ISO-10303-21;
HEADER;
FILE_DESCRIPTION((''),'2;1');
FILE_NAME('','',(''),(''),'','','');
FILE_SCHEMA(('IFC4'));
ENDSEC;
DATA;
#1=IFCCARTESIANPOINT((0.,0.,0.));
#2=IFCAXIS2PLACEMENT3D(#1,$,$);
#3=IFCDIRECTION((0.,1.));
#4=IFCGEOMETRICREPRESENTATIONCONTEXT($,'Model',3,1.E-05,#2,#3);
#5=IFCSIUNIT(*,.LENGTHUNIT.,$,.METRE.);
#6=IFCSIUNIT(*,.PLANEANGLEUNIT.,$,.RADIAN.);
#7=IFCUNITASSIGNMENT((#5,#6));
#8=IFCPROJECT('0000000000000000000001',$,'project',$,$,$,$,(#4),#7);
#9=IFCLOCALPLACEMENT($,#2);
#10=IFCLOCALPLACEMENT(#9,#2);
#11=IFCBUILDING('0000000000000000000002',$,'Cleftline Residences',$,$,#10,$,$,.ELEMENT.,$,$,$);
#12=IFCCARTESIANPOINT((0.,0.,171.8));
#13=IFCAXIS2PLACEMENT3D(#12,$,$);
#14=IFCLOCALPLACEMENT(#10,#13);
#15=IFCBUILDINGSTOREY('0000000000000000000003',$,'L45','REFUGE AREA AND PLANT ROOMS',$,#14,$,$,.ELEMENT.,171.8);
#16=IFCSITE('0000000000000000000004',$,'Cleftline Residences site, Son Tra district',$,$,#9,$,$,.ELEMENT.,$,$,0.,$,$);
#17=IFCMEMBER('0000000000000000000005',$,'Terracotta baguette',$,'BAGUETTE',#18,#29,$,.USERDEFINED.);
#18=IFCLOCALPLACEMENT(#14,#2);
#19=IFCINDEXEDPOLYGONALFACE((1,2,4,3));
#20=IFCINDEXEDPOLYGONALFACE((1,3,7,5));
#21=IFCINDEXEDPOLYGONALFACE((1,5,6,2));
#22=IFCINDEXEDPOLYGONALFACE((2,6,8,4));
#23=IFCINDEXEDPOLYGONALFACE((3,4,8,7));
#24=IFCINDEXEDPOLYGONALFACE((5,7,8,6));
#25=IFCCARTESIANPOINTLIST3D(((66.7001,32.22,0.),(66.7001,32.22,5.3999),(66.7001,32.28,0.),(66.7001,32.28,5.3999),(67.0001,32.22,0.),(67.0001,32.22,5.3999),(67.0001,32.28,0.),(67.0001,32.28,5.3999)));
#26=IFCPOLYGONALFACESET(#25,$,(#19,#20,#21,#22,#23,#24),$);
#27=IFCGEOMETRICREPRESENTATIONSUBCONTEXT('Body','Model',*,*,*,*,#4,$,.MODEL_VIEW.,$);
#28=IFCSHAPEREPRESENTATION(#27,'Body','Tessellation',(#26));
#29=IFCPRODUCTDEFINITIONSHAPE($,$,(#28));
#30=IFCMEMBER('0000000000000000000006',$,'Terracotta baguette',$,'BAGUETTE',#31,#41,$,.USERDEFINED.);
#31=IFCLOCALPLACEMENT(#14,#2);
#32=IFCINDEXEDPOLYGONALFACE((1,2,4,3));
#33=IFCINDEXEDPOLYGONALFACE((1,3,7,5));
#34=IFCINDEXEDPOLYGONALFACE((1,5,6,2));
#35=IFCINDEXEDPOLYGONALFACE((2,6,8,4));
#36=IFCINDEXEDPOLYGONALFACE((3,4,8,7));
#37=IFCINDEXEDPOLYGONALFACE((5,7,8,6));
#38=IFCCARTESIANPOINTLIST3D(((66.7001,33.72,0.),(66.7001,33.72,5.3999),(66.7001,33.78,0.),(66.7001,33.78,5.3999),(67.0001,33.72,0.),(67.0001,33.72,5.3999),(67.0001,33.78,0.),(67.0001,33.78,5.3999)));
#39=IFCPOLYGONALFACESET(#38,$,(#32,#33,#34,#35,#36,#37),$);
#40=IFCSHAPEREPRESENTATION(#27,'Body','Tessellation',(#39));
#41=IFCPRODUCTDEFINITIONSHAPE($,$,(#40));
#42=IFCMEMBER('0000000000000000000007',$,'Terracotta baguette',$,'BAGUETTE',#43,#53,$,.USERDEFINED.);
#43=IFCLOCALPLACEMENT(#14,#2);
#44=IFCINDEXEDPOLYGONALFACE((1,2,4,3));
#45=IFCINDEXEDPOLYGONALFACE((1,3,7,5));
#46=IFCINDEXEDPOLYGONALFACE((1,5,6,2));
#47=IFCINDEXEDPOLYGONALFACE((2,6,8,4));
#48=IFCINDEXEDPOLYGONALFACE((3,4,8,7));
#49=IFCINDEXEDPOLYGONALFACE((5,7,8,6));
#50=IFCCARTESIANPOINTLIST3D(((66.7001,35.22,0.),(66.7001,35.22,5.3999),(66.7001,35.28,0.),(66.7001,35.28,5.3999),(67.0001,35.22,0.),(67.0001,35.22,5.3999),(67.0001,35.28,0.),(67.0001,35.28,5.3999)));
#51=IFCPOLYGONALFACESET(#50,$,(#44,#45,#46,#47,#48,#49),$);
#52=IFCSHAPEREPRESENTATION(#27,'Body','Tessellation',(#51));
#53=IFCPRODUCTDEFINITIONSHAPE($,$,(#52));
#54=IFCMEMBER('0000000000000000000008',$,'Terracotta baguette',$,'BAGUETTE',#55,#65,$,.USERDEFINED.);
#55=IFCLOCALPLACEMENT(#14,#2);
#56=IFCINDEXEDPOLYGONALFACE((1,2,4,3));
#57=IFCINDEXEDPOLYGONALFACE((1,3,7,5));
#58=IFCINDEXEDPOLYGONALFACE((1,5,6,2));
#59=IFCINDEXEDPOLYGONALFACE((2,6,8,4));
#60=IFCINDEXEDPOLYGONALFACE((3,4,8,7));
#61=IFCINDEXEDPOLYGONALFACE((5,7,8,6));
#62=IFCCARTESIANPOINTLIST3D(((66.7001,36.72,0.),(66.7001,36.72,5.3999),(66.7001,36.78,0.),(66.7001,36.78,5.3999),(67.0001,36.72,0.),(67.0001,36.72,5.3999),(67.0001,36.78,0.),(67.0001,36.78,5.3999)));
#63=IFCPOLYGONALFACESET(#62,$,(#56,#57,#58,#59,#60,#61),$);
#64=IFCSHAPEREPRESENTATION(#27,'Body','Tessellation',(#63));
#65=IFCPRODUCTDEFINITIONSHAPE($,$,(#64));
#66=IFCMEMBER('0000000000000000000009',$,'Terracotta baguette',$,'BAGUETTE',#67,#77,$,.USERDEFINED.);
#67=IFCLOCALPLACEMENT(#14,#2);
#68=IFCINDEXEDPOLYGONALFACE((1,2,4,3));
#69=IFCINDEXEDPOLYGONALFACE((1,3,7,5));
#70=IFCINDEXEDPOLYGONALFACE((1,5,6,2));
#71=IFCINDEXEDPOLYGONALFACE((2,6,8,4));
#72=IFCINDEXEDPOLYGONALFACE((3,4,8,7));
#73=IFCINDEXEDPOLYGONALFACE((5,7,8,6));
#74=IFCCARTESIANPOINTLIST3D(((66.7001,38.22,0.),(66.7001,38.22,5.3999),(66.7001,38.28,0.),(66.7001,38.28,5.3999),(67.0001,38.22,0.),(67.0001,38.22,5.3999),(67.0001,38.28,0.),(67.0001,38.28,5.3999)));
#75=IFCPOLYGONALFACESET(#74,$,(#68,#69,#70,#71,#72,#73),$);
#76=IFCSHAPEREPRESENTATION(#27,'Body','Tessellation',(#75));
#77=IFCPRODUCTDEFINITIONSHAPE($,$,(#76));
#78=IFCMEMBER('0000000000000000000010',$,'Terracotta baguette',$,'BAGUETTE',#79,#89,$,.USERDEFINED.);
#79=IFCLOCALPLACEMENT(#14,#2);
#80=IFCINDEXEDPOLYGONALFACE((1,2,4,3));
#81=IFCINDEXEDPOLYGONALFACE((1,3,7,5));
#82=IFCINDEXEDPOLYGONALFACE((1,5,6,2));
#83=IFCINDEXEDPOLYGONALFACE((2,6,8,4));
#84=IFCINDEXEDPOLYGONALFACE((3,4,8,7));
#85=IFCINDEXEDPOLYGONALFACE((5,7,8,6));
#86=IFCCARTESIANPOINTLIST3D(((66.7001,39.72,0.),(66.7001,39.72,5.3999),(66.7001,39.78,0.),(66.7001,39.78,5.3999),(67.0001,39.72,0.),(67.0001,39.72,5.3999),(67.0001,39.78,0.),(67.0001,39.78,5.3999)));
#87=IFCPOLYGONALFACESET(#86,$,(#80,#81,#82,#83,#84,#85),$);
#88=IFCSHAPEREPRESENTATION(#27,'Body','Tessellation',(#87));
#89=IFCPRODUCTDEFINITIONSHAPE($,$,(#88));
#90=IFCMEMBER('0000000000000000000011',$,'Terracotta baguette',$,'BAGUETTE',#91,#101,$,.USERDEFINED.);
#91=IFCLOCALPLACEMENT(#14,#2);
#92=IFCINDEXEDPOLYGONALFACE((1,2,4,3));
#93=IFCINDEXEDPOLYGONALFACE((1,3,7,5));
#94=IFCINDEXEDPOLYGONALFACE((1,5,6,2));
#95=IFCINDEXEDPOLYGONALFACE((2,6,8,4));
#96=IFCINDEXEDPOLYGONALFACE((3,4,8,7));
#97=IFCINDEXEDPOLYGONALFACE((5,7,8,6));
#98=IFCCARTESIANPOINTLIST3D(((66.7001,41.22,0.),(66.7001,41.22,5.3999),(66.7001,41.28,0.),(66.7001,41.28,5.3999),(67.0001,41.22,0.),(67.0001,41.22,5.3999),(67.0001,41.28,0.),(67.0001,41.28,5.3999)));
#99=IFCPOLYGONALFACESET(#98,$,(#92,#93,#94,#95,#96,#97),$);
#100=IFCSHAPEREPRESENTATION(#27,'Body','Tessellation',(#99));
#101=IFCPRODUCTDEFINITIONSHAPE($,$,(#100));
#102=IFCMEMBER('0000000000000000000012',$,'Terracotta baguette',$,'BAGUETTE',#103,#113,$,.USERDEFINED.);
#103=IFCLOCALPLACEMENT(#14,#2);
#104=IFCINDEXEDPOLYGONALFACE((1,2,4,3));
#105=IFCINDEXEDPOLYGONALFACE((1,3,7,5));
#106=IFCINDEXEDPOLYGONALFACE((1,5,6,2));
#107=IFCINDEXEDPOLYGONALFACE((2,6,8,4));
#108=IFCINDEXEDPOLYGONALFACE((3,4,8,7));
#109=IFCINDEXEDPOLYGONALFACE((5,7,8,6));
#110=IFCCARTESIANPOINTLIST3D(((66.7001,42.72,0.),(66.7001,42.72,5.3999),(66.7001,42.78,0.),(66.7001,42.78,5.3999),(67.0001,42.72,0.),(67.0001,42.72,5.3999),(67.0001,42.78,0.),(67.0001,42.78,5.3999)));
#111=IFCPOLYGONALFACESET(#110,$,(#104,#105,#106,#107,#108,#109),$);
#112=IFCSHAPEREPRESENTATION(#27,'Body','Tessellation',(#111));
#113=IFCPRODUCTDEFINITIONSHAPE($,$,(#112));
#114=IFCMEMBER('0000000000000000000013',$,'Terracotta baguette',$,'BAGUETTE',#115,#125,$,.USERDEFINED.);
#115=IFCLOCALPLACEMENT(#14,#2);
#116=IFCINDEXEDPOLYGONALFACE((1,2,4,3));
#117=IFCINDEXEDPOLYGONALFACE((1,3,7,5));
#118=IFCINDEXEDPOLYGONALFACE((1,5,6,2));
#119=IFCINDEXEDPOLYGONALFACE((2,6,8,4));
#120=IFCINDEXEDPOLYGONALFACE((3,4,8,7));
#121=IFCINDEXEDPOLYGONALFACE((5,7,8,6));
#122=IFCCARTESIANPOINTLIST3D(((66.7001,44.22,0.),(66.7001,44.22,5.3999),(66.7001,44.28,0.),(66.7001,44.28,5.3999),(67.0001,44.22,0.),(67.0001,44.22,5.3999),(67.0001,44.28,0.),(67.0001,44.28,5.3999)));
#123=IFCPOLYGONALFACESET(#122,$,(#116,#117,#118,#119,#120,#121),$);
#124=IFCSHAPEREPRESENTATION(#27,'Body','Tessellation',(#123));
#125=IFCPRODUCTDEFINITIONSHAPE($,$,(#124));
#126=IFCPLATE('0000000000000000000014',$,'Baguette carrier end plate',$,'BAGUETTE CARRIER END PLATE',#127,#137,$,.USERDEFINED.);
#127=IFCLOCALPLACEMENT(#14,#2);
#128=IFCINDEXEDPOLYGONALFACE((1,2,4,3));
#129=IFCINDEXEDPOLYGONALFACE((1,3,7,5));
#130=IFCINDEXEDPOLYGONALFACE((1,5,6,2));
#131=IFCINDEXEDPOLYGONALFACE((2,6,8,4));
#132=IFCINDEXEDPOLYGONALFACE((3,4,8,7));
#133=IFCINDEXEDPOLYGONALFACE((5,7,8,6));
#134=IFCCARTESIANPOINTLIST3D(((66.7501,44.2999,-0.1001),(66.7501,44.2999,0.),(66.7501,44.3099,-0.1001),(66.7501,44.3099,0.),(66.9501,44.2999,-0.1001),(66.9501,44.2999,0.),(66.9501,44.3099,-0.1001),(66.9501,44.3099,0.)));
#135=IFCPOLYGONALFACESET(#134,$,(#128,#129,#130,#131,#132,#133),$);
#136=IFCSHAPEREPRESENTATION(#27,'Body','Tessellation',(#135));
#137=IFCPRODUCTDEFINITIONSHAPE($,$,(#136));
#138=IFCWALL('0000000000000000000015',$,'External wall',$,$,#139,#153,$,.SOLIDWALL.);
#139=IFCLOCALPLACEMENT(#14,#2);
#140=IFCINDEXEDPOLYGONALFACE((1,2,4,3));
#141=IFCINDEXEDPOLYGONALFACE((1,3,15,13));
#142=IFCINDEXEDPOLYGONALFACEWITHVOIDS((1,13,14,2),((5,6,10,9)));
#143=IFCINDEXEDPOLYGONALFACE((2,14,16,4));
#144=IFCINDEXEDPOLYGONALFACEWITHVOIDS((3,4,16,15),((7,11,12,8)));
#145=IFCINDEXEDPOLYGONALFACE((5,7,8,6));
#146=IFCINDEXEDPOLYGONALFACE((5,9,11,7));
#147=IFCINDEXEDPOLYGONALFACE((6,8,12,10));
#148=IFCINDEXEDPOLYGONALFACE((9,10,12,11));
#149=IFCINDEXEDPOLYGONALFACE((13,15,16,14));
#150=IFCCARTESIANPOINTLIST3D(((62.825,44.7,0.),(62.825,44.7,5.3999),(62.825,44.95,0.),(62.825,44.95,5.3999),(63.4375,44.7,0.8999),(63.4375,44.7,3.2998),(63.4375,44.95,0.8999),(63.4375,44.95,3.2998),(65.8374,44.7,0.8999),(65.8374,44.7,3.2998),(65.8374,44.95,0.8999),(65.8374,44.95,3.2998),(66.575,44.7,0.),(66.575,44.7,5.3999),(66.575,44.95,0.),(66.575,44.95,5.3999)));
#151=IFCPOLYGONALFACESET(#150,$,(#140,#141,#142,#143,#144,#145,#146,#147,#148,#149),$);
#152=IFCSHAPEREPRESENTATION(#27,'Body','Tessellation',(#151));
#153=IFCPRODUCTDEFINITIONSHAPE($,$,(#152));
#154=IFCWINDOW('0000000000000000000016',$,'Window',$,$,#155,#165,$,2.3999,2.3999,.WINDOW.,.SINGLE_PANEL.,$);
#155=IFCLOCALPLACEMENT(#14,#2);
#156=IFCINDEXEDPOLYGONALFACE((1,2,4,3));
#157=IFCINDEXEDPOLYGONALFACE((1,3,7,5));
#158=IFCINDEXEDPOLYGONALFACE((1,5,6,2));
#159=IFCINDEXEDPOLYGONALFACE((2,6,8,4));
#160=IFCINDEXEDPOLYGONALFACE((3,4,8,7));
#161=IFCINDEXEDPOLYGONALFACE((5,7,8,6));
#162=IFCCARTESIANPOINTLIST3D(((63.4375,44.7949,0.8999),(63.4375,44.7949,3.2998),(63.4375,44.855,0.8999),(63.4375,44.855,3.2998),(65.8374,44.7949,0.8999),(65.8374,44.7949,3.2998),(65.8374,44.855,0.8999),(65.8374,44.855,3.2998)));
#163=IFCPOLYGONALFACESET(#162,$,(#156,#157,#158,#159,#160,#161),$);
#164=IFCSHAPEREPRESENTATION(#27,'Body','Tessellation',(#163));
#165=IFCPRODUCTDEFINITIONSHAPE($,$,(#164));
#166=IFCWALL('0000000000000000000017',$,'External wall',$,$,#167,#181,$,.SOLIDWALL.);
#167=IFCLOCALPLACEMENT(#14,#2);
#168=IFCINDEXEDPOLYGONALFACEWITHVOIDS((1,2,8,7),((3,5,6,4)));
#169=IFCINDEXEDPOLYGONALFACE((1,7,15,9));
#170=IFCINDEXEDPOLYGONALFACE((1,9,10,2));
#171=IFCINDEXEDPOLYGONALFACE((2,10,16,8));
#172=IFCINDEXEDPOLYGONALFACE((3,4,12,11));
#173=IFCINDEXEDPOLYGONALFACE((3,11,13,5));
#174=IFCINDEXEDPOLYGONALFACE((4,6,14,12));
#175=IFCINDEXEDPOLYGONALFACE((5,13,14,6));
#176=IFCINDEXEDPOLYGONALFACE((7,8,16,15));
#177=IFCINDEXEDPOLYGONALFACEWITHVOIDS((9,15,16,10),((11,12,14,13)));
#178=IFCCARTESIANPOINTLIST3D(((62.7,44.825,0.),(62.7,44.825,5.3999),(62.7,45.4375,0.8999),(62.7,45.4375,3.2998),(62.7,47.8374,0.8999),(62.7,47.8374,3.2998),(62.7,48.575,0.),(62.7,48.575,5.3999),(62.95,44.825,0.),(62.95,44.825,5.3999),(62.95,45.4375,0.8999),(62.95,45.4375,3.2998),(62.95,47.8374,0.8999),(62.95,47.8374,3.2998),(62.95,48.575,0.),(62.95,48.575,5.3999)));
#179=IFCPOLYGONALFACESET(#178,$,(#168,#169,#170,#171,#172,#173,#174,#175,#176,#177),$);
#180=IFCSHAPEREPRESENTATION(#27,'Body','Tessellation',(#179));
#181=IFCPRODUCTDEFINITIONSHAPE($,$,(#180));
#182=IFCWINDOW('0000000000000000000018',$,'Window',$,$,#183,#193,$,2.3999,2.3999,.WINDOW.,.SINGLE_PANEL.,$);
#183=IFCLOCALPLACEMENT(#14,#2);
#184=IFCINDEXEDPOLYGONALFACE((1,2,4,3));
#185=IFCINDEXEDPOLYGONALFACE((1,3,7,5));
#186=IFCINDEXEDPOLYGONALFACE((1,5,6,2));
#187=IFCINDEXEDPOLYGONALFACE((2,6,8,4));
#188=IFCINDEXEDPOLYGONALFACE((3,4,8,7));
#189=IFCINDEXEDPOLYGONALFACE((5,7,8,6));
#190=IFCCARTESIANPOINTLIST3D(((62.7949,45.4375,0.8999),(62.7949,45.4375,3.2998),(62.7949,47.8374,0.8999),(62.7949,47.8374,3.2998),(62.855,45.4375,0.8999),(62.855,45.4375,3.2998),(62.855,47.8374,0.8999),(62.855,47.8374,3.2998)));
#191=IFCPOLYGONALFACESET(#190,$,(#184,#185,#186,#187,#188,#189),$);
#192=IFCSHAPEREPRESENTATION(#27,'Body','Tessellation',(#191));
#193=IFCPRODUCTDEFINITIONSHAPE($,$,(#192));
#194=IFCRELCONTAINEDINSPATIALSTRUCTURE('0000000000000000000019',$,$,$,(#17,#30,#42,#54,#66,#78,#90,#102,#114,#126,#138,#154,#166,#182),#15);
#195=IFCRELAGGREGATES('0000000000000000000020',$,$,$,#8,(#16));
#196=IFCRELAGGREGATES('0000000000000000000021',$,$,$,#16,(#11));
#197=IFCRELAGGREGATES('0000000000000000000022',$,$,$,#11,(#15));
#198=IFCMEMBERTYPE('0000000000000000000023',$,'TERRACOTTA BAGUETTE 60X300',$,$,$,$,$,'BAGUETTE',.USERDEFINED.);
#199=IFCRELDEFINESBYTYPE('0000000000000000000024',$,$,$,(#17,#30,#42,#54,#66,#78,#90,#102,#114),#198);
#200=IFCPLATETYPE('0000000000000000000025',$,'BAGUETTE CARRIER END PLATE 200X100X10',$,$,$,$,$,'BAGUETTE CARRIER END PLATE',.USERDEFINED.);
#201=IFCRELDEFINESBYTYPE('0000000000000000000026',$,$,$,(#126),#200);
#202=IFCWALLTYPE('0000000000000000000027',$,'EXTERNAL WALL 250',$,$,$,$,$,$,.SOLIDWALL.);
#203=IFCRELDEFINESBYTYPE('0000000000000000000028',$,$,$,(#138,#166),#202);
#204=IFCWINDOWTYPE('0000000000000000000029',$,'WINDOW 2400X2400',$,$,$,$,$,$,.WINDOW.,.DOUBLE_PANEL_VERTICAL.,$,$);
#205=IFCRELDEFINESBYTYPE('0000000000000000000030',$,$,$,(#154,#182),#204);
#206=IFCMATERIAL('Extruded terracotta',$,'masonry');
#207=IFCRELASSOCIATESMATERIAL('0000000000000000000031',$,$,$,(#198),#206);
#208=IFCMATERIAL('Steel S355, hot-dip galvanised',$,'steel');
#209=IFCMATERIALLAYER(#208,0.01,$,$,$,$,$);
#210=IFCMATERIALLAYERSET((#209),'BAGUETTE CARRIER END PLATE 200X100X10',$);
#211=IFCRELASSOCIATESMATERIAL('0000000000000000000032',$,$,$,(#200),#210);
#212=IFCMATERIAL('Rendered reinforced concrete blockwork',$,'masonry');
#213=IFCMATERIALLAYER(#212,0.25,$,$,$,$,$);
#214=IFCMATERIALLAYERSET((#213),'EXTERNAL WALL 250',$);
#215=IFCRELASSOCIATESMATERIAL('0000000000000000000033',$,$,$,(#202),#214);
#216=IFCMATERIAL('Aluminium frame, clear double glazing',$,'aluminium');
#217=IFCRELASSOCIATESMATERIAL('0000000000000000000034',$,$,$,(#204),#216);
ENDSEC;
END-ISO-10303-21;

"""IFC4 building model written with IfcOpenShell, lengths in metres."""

from ifc_helpers import new_model, si_unit, direction, frame, frame_2d, origin, origin_2d, place, context, subcontext, project, spatial, rectangle, extrude, material, layer, layer_set, material_profile, profile_set, type_object, element, fill, save


model = new_model("IFC4")

# Units and contexts
model_context = context("Model", 3, precision=1e-05, world=origin(), true_north=direction((0.0, 1.0)))
body_context = subcontext(model_context, "Body", "Model", "MODEL_VIEW")
ifc_project = project(units=[si_unit("LENGTHUNIT", "METRE"), si_unit("PLANEANGLEUNIT", "RADIAN")], contexts=[model_context])

# Site, building, storey
site_placement = place(None, origin())
site = spatial("IfcSite", under=ifc_project, at=site_placement, Name="Cleftline Residences site, Son Tra district", CompositionType="ELEMENT", RefElevation=0.0)
building_placement = place(site_placement, origin())
building = spatial("IfcBuilding", under=site, at=building_placement, Name="Cleftline Residences", CompositionType="ELEMENT")
storey_placement = place(building_placement, frame((0.0, 0.0, 171.8)))
storey = spatial("IfcBuildingStorey", under=building, at=storey_placement, Name="L45", Description="REFUGE AREA AND PLANT ROOMS", CompositionType="ELEMENT", Elevation=171.8)

# Members
ifc_material_1 = material(Name="Extruded terracotta", Category="masonry")
ifc_material_profile_1 = material_profile(ifc_material_1, rectangle(XDim=0.0601, YDim=0.3, at=origin_2d()))
ifc_profile_set_1 = profile_set([ifc_material_profile_1], Name="Extruded terracotta")
member_type_1 = type_object("IfcMemberType", Name="TERRACOTTA BAGUETTE 60X300", ElementType="BAGUETTE", PredefinedType="USERDEFINED", material=ifc_profile_set_1)
for number, where, z_axis, x_axis, name in (
    (1, (66.8501, 32.25, 0.0), (0.0, 0.0, 1.0), (0.0, 1.0, 0.0), "Terracotta baguette"),
    (2, (66.8501, 33.75, 0.0), (0.0, 0.0, 1.0), (0.0, 1.0, 0.0), "Terracotta baguette"),
    (3, (66.8501, 35.25, 0.0), (0.0, 0.0, 1.0), (0.0, 1.0, 0.0), "Terracotta baguette"),
    (4, (66.8501, 36.75, 0.0), (0.0, 0.0, 1.0), (0.0, 1.0, 0.0), "Terracotta baguette"),
    (5, (66.8501, 38.25, 0.0), (0.0, 0.0, 1.0), (0.0, 1.0, 0.0), "Terracotta baguette"),
    (6, (66.8501, 39.75, 0.0), (0.0, 0.0, 1.0), (0.0, 1.0, 0.0), "Terracotta baguette"),
    (7, (66.8501, 41.25, 0.0), (0.0, 0.0, 1.0), (0.0, 1.0, 0.0), "Terracotta baguette"),
    (8, (66.8501, 42.75, 0.0), (0.0, 0.0, 1.0), (0.0, 1.0, 0.0), "Terracotta baguette"),
    (9, (66.8501, 44.25, 0.0), (0.0, 0.0, 1.0), (0.0, 1.0, 0.0), "Terracotta baguette"),
):
    element("IfcMember", number, at=place(storey_placement, frame(where, z_axis=z_axis, x_axis=x_axis)), inside=storey, type_object=member_type_1, Name=name, ObjectType="BAGUETTE", PredefinedType="USERDEFINED", context=body_context, shape_type="SweptSolid", body=[
        extrude(rectangle(XDim=0.0601, YDim=0.3, at=origin_2d()), origin(), (0.0, 0.0, 1.0), 5.3999),
    ])

# Plate
ifc_material_2 = material(Name="Steel S355, hot-dip galvanised", Category="steel")
ifc_layer_1 = layer(ifc_material_2, 0.01)
ifc_layer_set_1 = layer_set([ifc_layer_1], Name="BAGUETTE CARRIER END PLATE 200X100X10")
plate_type = type_object("IfcPlateType", Name="BAGUETTE CARRIER END PLATE 200X100X10", ElementType="BAGUETTE CARRIER END PLATE", PredefinedType="USERDEFINED", material=ifc_layer_set_1)
plate_placement = place(storey_placement, frame((66.8501, 44.3049, -0.1001), z_axis=(0.0, 0.0, 1.0), x_axis=(1.0, 0.0, 0.0)))
element("IfcPlate", 10, at=plate_placement, inside=storey, type_object=plate_type, Name="Baguette carrier end plate", ObjectType="BAGUETTE CARRIER END PLATE", PredefinedType="USERDEFINED", context=body_context, shape_type="SweptSolid", body=[
    extrude(rectangle(XDim=0.2, YDim=0.01, at=origin_2d()), origin(), (0.0, 0.0, 1.0), 0.1001),
])

# Walls, openings, windows
ifc_material_3 = material(Name="Rendered reinforced concrete blockwork", Category="masonry")
ifc_layer_2 = layer(ifc_material_3, 0.25)
ifc_layer_set_2 = layer_set([ifc_layer_2], Name="EXTERNAL WALL 250")
wall_type_1 = type_object("IfcWallType", Name="EXTERNAL WALL 250", PredefinedType="SOLIDWALL", material=ifc_layer_set_2)
wall_1_placement = place(storey_placement, frame((66.575, 44.825, 0.0), z_axis=(0.0, 0.0, 1.0), x_axis=(-1.0, 0.0, 0.0)))
wall_1 = element("IfcWall", 11, at=wall_1_placement, inside=storey, type_object=wall_type_1, Name="External wall", PredefinedType="SOLIDWALL", context=body_context, shape_type="SweptSolid", body=[
    extrude(rectangle(XDim=3.75, YDim=0.25, at=frame_2d((1.875, 0.0))), origin(), (0.0, 0.0, 1.0), 5.3999),
])
opening_1_placement = place(wall_1_placement, frame((0.7375, 0.0, 0.8999)))
opening_1 = element("IfcOpeningElement", 12, at=opening_1_placement, cuts=wall_1, PredefinedType="OPENING", context=body_context, shape_type="SweptSolid", body=[
    extrude(rectangle(XDim=2.3999, YDim=2.3999, at=frame_2d((1.2, 1.2))), frame((0.0, 0.135, 0.0), z_axis=(0.0, -1.0, 0.0), x_axis=(1.0, 0.0, 0.0)), (0.0, 0.0, 1.0), 0.27),
])
ifc_material_4 = material(Name="Aluminium frame, clear double glazing", Category="aluminium")
window_type = type_object("IfcWindowType", Name="WINDOW 2400X2400", PartitioningType="DOUBLE_PANEL_VERTICAL", PredefinedType="WINDOW", material=ifc_material_4)
window_1_placement = place(opening_1_placement, origin())
window_1 = element("IfcWindow", 13, at=window_1_placement, inside=storey, type_object=window_type, Name="Window", OverallHeight=2.3999, OverallWidth=2.3999, PartitioningType="SINGLE_PANEL", PredefinedType="WINDOW", context=body_context, shape_type="SweptSolid", body=[
    extrude(rectangle(XDim=2.3999, YDim=2.3999, at=frame_2d((1.2, 1.2))), frame((0.0, 0.03, 0.0), z_axis=(0.0, -1.0, 0.0), x_axis=(1.0, 0.0, 0.0)), (0.0, 0.0, 1.0), 0.0601),
])
fill(opening_1, window_1)
wall_2_placement = place(storey_placement, frame((62.825, 44.825, 0.0), z_axis=(0.0, 0.0, 1.0), x_axis=(0.0, 1.0, 0.0)))
wall_2 = element("IfcWall", 14, at=wall_2_placement, inside=storey, type_object=wall_type_1, Name="External wall", PredefinedType="SOLIDWALL", context=body_context, shape_type="SweptSolid", body=[
    extrude(rectangle(XDim=3.75, YDim=0.25, at=frame_2d((1.875, 0.0))), origin(), (0.0, 0.0, 1.0), 5.3999),
])
opening_2_placement = place(wall_2_placement, frame((0.6125, 0.0, 0.8999)))
opening_2 = element("IfcOpeningElement", 15, at=opening_2_placement, cuts=wall_2, PredefinedType="OPENING", context=body_context, shape_type="SweptSolid", body=[
    extrude(rectangle(XDim=2.3999, YDim=2.3999, at=frame_2d((1.2, 1.2))), frame((0.0, 0.135, 0.0), z_axis=(0.0, -1.0, 0.0), x_axis=(1.0, 0.0, 0.0)), (0.0, 0.0, 1.0), 0.27),
])
window_2_placement = place(opening_2_placement, origin())
window_2 = element("IfcWindow", 16, at=window_2_placement, inside=storey, type_object=window_type, Name="Window", OverallHeight=2.3999, OverallWidth=2.3999, PartitioningType="SINGLE_PANEL", PredefinedType="WINDOW", context=body_context, shape_type="SweptSolid", body=[
    extrude(rectangle(XDim=2.3999, YDim=2.3999, at=frame_2d((1.2, 1.2))), frame((0.0, 0.03, 0.0), z_axis=(0.0, -1.0, 0.0), x_axis=(1.0, 0.0, 0.0)), (0.0, 0.0, 1.0), 0.0601),
])
fill(opening_2, window_2)

save(model, "model.ifc")
